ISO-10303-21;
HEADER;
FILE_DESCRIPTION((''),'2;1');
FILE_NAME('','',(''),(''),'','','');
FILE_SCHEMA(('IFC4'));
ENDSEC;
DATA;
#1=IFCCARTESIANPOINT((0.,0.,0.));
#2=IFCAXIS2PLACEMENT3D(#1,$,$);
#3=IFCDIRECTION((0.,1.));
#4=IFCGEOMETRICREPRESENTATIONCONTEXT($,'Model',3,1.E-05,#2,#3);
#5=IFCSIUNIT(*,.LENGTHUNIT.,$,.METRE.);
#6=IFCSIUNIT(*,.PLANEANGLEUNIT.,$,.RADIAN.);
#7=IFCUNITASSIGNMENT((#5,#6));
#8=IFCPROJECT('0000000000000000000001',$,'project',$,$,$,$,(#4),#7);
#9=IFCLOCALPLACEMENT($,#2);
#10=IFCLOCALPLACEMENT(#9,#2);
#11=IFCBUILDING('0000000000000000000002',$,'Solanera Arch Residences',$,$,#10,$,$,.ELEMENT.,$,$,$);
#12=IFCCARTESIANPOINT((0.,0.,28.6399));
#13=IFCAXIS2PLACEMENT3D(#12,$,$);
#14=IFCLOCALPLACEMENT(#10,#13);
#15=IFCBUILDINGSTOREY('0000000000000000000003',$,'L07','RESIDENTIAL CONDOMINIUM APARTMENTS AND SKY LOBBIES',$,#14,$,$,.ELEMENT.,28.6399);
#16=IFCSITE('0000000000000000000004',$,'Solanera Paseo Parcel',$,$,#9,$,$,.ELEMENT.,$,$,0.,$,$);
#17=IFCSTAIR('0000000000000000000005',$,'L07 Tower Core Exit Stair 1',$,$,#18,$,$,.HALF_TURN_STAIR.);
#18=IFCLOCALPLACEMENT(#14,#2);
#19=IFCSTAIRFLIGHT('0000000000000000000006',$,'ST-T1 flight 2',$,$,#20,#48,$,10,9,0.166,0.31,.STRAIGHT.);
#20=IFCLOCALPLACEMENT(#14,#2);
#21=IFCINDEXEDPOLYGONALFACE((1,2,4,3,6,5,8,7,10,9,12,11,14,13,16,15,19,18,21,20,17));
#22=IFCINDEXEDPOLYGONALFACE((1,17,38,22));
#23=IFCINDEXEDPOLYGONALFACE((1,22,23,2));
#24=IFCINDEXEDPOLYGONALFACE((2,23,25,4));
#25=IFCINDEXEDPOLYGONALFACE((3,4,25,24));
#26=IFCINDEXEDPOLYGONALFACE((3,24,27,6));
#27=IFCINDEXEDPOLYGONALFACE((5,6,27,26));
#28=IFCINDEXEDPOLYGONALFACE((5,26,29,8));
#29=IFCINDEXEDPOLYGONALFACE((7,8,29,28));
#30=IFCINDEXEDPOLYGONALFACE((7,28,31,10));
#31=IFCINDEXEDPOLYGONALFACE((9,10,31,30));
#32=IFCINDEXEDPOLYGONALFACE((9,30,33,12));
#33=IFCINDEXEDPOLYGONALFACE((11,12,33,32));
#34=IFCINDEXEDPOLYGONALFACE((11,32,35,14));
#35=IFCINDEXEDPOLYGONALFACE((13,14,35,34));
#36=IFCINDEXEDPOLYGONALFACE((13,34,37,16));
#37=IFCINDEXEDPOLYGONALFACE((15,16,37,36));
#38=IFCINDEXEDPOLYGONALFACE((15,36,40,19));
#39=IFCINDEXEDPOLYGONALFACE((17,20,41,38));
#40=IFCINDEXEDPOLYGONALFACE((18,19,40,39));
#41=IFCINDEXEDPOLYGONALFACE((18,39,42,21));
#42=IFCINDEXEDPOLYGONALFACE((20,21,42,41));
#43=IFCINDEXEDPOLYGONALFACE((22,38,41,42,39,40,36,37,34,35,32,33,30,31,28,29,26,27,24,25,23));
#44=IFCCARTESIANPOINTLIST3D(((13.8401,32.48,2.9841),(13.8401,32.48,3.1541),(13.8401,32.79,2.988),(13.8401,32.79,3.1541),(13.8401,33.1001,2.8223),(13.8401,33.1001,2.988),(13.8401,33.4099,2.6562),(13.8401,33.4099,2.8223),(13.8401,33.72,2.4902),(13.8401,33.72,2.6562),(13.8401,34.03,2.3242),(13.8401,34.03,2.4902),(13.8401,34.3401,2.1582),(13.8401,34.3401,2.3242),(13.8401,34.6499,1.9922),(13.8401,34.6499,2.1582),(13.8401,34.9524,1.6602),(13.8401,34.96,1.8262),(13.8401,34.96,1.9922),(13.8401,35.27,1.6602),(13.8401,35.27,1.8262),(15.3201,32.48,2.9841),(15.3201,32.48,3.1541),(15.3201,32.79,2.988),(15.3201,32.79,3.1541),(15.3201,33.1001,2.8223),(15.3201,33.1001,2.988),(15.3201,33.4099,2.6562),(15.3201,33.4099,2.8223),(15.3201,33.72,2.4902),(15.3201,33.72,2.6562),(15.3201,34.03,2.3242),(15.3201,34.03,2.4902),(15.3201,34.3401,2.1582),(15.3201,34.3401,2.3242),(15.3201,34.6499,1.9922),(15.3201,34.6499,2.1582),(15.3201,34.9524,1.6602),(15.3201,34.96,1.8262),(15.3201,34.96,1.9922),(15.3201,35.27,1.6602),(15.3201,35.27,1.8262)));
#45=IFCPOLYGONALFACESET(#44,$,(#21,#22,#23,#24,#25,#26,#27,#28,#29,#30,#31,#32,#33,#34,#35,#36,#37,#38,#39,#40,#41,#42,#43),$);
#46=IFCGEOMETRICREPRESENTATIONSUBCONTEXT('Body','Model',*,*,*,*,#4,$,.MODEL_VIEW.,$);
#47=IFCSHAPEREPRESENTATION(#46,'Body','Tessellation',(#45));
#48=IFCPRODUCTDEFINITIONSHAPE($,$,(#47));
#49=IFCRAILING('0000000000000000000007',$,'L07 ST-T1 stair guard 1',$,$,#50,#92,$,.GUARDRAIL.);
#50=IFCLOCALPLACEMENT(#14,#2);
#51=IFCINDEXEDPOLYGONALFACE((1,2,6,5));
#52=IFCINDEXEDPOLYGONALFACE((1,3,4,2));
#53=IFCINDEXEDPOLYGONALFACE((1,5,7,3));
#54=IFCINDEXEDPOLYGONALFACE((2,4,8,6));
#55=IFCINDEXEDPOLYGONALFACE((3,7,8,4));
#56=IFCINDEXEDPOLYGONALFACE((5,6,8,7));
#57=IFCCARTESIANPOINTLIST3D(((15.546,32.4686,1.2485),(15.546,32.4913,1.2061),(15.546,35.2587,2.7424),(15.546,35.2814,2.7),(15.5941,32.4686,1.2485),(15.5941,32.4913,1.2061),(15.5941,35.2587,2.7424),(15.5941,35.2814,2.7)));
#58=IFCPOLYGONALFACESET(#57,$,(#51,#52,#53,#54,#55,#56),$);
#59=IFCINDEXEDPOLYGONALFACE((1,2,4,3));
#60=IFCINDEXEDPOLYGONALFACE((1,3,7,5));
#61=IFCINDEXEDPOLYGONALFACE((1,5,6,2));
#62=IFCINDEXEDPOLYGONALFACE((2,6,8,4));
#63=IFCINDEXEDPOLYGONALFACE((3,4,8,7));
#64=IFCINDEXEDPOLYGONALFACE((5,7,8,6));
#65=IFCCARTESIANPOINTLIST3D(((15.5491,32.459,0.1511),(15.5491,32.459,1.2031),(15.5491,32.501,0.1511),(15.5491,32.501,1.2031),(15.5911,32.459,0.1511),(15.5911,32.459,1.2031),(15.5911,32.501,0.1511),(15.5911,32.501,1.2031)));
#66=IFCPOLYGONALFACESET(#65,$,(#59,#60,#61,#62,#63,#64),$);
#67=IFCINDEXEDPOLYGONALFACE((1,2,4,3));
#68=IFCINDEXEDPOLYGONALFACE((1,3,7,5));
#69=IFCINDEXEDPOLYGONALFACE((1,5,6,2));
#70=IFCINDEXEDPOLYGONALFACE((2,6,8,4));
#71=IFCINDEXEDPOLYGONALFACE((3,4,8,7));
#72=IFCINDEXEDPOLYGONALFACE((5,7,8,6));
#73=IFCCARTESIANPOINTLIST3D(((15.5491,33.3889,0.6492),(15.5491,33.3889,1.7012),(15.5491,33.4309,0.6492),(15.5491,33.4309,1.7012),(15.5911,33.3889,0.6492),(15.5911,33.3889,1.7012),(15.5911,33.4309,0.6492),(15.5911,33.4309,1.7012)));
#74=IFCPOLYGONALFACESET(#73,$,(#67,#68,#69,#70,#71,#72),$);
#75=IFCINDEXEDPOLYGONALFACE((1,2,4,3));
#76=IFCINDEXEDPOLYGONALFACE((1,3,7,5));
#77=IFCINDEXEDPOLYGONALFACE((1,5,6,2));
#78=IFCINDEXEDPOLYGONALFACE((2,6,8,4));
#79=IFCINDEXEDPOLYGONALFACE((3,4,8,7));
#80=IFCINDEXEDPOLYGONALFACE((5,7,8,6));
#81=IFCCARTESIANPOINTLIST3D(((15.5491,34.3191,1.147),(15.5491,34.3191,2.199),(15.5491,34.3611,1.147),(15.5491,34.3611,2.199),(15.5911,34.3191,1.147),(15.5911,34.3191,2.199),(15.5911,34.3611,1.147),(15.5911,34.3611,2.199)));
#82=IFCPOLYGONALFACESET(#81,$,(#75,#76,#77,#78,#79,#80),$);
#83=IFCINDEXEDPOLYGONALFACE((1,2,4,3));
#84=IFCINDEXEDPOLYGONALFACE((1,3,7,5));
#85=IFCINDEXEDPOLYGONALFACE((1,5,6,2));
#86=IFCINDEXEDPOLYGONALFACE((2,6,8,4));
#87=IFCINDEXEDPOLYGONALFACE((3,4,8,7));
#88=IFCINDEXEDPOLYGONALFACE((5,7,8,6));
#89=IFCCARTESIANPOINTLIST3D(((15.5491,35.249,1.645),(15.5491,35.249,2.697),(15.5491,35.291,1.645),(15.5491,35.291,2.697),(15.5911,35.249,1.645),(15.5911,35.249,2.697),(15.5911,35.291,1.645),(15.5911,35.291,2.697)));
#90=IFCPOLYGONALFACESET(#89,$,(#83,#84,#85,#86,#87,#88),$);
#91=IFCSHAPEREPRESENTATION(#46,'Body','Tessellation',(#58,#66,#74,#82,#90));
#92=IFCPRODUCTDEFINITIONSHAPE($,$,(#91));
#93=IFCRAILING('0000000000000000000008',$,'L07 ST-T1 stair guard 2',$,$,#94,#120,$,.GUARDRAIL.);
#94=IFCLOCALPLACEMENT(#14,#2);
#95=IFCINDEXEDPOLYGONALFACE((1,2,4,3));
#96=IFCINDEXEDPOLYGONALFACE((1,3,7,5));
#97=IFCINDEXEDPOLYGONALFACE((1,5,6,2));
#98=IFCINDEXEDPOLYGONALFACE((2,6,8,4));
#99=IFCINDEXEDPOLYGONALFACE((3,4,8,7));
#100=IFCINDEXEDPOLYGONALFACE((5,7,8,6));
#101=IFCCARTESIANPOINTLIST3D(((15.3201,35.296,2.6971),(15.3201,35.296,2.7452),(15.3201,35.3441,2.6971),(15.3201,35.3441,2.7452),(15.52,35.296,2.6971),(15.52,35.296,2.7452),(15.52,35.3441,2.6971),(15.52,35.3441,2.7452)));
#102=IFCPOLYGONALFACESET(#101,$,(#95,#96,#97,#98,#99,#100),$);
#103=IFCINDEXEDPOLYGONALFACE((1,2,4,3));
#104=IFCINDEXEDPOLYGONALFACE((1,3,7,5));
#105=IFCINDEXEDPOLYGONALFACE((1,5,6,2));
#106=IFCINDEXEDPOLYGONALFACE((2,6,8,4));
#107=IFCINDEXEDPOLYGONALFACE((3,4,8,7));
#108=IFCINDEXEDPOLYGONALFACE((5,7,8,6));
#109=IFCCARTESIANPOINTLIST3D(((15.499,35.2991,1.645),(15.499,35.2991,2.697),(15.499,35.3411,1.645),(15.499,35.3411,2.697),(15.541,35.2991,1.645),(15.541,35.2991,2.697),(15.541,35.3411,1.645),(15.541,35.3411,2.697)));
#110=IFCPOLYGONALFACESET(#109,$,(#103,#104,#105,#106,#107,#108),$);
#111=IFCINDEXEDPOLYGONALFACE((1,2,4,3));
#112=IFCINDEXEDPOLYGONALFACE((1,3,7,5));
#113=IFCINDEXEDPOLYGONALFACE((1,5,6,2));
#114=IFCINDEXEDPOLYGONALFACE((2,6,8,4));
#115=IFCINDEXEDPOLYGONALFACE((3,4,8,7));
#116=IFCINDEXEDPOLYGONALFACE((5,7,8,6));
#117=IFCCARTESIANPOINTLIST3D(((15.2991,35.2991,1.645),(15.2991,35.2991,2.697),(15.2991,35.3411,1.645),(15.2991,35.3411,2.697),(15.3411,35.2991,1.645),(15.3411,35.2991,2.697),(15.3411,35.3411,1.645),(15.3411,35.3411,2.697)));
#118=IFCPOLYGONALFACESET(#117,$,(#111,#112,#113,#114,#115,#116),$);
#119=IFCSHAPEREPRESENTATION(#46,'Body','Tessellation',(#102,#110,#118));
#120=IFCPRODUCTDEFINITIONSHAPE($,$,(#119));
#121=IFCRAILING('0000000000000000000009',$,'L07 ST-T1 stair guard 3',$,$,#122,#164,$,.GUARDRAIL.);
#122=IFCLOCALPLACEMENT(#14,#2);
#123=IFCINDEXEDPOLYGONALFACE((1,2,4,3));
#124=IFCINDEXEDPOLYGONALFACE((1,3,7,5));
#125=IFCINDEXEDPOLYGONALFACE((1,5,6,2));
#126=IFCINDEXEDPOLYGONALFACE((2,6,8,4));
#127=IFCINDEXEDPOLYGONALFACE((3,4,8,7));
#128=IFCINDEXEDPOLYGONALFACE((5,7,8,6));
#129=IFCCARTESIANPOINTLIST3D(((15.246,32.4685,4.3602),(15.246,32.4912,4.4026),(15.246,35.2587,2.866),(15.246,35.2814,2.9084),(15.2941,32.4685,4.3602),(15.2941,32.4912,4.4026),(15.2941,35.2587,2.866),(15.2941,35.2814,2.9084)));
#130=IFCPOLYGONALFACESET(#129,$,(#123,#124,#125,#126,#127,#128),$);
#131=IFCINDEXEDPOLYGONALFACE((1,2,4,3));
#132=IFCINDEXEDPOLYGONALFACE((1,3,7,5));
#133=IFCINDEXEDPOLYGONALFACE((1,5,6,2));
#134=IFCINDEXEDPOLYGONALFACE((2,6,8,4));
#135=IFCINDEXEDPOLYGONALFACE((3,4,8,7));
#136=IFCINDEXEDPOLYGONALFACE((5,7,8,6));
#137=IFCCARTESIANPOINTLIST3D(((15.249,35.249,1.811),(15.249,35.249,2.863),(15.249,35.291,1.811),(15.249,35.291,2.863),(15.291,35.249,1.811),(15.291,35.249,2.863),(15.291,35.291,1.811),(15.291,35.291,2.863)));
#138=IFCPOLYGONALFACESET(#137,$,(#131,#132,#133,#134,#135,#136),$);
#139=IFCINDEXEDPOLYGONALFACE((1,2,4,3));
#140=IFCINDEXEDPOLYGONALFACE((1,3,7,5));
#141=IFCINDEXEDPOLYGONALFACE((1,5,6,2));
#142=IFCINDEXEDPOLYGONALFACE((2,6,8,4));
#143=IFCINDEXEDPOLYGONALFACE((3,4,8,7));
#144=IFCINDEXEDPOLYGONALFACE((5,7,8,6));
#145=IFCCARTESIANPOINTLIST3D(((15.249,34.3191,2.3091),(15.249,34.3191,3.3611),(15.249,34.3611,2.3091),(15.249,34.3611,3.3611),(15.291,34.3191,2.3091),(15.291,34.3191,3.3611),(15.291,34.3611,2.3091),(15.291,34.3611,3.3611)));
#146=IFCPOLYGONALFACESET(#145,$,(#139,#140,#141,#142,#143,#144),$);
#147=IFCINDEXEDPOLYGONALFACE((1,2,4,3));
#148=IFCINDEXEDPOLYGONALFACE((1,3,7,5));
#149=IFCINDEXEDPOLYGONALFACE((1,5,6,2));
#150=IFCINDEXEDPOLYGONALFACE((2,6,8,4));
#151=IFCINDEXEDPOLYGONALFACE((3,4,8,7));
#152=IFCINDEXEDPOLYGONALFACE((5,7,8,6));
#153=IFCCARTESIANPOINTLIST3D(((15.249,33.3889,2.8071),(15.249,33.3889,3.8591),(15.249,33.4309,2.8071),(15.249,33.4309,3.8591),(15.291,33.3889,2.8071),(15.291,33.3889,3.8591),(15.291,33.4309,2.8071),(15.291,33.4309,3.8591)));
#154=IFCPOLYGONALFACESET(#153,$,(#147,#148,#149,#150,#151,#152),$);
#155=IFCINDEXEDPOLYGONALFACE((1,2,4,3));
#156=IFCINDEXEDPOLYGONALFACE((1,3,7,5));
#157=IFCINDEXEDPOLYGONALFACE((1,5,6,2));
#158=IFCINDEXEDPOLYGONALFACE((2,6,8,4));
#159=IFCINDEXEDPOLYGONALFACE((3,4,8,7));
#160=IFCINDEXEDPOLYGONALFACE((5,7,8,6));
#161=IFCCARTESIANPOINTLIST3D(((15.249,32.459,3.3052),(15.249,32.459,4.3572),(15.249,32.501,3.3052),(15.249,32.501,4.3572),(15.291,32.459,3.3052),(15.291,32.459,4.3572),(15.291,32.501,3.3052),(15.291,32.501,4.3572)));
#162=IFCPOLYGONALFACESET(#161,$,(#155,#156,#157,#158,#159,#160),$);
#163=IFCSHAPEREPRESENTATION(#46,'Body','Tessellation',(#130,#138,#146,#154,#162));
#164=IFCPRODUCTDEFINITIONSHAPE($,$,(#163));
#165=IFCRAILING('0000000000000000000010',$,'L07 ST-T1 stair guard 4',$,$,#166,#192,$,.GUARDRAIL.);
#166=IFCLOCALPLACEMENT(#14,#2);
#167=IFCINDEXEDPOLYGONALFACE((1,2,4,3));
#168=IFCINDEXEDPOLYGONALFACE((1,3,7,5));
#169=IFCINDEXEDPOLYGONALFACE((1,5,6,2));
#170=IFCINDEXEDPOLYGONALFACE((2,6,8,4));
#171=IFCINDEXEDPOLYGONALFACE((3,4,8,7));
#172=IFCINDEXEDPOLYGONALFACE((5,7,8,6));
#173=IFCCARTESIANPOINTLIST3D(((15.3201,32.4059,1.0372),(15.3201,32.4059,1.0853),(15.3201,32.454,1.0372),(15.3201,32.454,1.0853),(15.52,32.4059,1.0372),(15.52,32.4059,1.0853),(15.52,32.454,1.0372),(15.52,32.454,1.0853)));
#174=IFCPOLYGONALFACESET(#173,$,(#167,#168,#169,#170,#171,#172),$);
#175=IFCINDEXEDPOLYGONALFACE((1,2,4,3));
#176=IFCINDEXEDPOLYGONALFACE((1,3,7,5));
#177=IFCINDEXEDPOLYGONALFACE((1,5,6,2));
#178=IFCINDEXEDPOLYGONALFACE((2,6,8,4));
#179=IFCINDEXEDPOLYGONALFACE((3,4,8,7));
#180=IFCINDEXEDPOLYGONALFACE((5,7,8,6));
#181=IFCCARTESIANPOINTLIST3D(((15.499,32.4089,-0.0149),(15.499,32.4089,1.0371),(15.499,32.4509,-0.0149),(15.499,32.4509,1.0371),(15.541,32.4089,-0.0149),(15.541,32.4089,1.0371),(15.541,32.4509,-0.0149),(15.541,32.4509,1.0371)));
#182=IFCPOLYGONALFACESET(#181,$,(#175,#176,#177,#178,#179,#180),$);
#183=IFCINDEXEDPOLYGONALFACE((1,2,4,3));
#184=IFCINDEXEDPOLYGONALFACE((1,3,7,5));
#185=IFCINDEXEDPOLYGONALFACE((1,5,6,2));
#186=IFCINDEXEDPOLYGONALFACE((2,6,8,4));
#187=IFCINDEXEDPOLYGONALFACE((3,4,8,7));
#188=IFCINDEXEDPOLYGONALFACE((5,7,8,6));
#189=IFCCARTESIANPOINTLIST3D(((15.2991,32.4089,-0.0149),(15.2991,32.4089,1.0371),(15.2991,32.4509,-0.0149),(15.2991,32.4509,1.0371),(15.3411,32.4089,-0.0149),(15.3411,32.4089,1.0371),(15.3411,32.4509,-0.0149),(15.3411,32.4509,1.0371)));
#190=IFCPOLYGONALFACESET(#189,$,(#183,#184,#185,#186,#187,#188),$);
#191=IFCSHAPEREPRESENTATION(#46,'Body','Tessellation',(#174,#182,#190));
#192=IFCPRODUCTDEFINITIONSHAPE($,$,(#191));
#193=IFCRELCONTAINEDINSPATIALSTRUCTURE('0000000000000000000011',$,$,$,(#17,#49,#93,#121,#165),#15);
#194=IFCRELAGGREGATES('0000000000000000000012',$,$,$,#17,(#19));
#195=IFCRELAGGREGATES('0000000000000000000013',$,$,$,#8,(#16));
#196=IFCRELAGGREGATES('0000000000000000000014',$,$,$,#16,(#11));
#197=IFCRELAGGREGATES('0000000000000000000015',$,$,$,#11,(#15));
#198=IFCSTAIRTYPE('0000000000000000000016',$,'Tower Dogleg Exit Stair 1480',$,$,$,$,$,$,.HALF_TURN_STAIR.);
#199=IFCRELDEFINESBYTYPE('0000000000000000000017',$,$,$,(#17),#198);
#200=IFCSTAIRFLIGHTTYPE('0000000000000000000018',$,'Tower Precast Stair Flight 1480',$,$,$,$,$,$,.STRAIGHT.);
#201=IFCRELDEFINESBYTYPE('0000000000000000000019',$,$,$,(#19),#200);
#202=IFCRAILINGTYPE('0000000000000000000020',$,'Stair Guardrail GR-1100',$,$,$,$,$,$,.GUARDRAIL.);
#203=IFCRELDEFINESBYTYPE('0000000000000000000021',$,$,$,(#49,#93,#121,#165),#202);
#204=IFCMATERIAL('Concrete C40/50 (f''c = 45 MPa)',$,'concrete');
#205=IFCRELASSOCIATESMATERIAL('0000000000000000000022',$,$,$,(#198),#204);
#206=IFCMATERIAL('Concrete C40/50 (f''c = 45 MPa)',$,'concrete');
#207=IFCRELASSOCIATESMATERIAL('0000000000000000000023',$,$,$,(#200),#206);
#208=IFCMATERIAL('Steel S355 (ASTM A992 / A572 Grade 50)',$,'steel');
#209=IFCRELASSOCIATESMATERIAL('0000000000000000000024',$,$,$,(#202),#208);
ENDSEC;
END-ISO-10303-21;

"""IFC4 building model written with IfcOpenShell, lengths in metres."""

from ifc_helpers import new_model, si_unit, direction, frame, origin, origin_2d, place, context, subcontext, project, spatial, polyline, rectangle, outline, extrude, material, type_object, element, aggregate, save


model = new_model("IFC4")

# Units and contexts
model_context = context("Model", 3, precision=1e-05, world=origin(), true_north=direction((0.0, 1.0)))
body_context = subcontext(model_context, "Body", "Model", "MODEL_VIEW")
ifc_project = project(units=[si_unit("LENGTHUNIT", "METRE"), si_unit("PLANEANGLEUNIT", "RADIAN")], contexts=[model_context])

# Site, building, storey
site_placement = place(None, origin())
site = spatial("IfcSite", under=ifc_project, at=site_placement, Name="Solanera Paseo Parcel", CompositionType="ELEMENT", RefElevation=0.0)
building_placement = place(site_placement, origin())
building = spatial("IfcBuilding", under=site, at=building_placement, Name="Solanera Arch Residences", CompositionType="ELEMENT")
storey_placement = place(building_placement, frame((0.0, 0.0, 28.6399)))
storey = spatial("IfcBuildingStorey", under=building, at=storey_placement, Name="L07", Description="RESIDENTIAL CONDOMINIUM APARTMENTS AND SKY LOBBIES", CompositionType="ELEMENT", Elevation=28.6399)

# Stair, stair flight
ifc_material_1 = material(Name="Concrete C40/50 (f'c = 45 MPa)", Category="concrete")
stair_type = type_object("IfcStairType", Name="Tower Dogleg Exit Stair 1480", PredefinedType="HALF_TURN_STAIR", material=ifc_material_1)
stair_placement = place(storey_placement, origin())
stair = element("IfcStair", 1, at=stair_placement, inside=storey, type_object=stair_type, Name="L07 Tower Core Exit Stair 1", PredefinedType="HALF_TURN_STAIR")
ifc_material_2 = material(Name="Concrete C40/50 (f'c = 45 MPa)", Category="concrete")
stair_flight_type = type_object("IfcStairFlightType", Name="Tower Precast Stair Flight 1480", PredefinedType="STRAIGHT", material=ifc_material_2)
stair_flight_1_placement = place(storey_placement, frame((14.5801, 35.27, 1.6602), z_axis=(0.0, 0.0, 1.0), x_axis=(0.0, -1.0, 0.0)))
stair_flight_1 = element("IfcStairFlight", 2, at=stair_flight_1_placement, type_object=stair_flight_type, Name="ST-T1 flight 2", NumberOfRisers=10, NumberOfTreads=9, PredefinedType="STRAIGHT", RiserHeight=0.166, TreadLength=0.31, context=body_context, shape_type="SweptSolid", body=[
    extrude(outline(polyline([(0.0, 0.0), (0.0, 0.166), (0.3101, 0.166), (0.3101, 0.332), (0.6201, 0.332), (0.6201, 0.498), (0.9299, 0.498), (0.9299, 0.6641), (1.24, 0.6641), (1.24, 0.8301), (1.55, 0.8301), (1.55, 0.9961), (1.8601, 0.9961), (1.8601, 1.1621), (2.1699, 1.1621), (2.1699, 1.3279), (2.48, 1.3279), (2.48, 1.4939), (2.79, 1.4939), (2.79, 1.6599), (2.79, 1.324), (0.3176, 0.0), (0.0, 0.0)])), frame((0.0, 0.74, 0.0), z_axis=(0.0, -1.0, 0.0), x_axis=(1.0, 0.0, 0.0)), (0.0, 0.0, 1.0), 1.48),
])
aggregate(stair, [stair_flight_1])

# Railings
ifc_material_3 = material(Name="Steel S355 (ASTM A992 / A572 Grade 50)", Category="steel")
railing_type_1 = type_object("IfcRailingType", Name="Stair Guardrail GR-1100", PredefinedType="GUARDRAIL", material=ifc_material_3)
railing_1_placement = place(storey_placement, frame((15.5701, 32.48, 0.1511)))
element("IfcRailing", 3, at=railing_1_placement, inside=storey, type_object=railing_type_1, Name="L07 ST-T1 stair guard 1", PredefinedType="GUARDRAIL", context=body_context, shape_type="SweptSolid", body=[
    extrude(rectangle(XDim=0.0481, YDim=0.0481, at=origin_2d()), frame((0.0, 0.0, 1.0762), z_axis=(0.0, 0.881581, 0.472033), x_axis=(-1.0, 0.0, 0.0)), (0.0, 0.0, 1.0), 3.1648),
    extrude(rectangle(XDim=0.042, YDim=0.042, at=origin_2d()), origin(), (0.0, 0.0, 1.0), 1.052),
    extrude(rectangle(XDim=0.042, YDim=0.042, at=origin_2d()), frame((0.0, 0.9299, 0.498)), (0.0, 0.0, 1.0), 1.052),
    extrude(rectangle(XDim=0.042, YDim=0.042, at=origin_2d()), frame((0.0, 1.8601, 0.9958)), (0.0, 0.0, 1.0), 1.052),
    extrude(rectangle(XDim=0.042, YDim=0.042, at=origin_2d()), frame((0.0, 2.79, 1.4939)), (0.0, 0.0, 1.0), 1.052),
])
railing_2_placement = place(storey_placement, frame((15.52, 35.3201, 1.645)))
element("IfcRailing", 4, at=railing_2_placement, inside=storey, type_object=railing_type_1, Name="L07 ST-T1 stair guard 2", PredefinedType="GUARDRAIL", context=body_context, shape_type="SweptSolid", body=[
    extrude(rectangle(XDim=0.0481, YDim=0.0481, at=origin_2d()), frame((0.0, 0.0, 1.0762), z_axis=(-1.0, 0.0, 0.0), x_axis=(0.0, -1.0, 0.0)), (0.0, 0.0, 1.0), 0.2),
    extrude(rectangle(XDim=0.042, YDim=0.042, at=origin_2d()), origin(), (0.0, 0.0, 1.0), 1.052),
    extrude(rectangle(XDim=0.042, YDim=0.042, at=origin_2d()), frame((-0.2, 0.0, 0.0)), (0.0, 0.0, 1.0), 1.052),
])
railing_3_placement = place(storey_placement, frame((15.27, 35.27, 1.811)))
element("IfcRailing", 5, at=railing_3_placement, inside=storey, type_object=railing_type_1, Name="L07 ST-T1 stair guard 3", PredefinedType="GUARDRAIL", context=body_context, shape_type="SweptSolid", body=[
    extrude(rectangle(XDim=0.0481, YDim=0.0481, at=origin_2d()), frame((0.0, 0.0, 1.0762), z_axis=(0.0, -0.881549, 0.472093), x_axis=(1.0, 0.0, 0.0)), (0.0, 0.0, 1.0), 3.165),
    extrude(rectangle(XDim=0.042, YDim=0.042, at=origin_2d()), origin(), (0.0, 0.0, 1.0), 1.052),
    extrude(rectangle(XDim=0.042, YDim=0.042, at=origin_2d()), frame((0.0, -0.9299, 0.498)), (0.0, 0.0, 1.0), 1.052),
    extrude(rectangle(XDim=0.042, YDim=0.042, at=origin_2d()), frame((0.0, -1.8601, 0.9961)), (0.0, 0.0, 1.0), 1.052),
    extrude(rectangle(XDim=0.042, YDim=0.042, at=origin_2d()), frame((0.0, -2.79, 1.4941)), (0.0, 0.0, 1.0), 1.052),
])
railing_4_placement = place(storey_placement, frame((15.52, 32.4299, -0.0149)))
element("IfcRailing", 6, at=railing_4_placement, inside=storey, type_object=railing_type_1, Name="L07 ST-T1 stair guard 4", PredefinedType="GUARDRAIL", context=body_context, shape_type="SweptSolid", body=[
    extrude(rectangle(XDim=0.0481, YDim=0.0481, at=origin_2d()), frame((0.0, 0.0, 1.0762), z_axis=(-1.0, 0.0, 0.0), x_axis=(0.0, -1.0, 0.0)), (0.0, 0.0, 1.0), 0.2),
    extrude(rectangle(XDim=0.042, YDim=0.042, at=origin_2d()), origin(), (0.0, 0.0, 1.0), 1.052),
    extrude(rectangle(XDim=0.042, YDim=0.042, at=origin_2d()), frame((-0.2, 0.0, 0.0)), (0.0, 0.0, 1.0), 1.052),
])

save(model, "model.ifc")
